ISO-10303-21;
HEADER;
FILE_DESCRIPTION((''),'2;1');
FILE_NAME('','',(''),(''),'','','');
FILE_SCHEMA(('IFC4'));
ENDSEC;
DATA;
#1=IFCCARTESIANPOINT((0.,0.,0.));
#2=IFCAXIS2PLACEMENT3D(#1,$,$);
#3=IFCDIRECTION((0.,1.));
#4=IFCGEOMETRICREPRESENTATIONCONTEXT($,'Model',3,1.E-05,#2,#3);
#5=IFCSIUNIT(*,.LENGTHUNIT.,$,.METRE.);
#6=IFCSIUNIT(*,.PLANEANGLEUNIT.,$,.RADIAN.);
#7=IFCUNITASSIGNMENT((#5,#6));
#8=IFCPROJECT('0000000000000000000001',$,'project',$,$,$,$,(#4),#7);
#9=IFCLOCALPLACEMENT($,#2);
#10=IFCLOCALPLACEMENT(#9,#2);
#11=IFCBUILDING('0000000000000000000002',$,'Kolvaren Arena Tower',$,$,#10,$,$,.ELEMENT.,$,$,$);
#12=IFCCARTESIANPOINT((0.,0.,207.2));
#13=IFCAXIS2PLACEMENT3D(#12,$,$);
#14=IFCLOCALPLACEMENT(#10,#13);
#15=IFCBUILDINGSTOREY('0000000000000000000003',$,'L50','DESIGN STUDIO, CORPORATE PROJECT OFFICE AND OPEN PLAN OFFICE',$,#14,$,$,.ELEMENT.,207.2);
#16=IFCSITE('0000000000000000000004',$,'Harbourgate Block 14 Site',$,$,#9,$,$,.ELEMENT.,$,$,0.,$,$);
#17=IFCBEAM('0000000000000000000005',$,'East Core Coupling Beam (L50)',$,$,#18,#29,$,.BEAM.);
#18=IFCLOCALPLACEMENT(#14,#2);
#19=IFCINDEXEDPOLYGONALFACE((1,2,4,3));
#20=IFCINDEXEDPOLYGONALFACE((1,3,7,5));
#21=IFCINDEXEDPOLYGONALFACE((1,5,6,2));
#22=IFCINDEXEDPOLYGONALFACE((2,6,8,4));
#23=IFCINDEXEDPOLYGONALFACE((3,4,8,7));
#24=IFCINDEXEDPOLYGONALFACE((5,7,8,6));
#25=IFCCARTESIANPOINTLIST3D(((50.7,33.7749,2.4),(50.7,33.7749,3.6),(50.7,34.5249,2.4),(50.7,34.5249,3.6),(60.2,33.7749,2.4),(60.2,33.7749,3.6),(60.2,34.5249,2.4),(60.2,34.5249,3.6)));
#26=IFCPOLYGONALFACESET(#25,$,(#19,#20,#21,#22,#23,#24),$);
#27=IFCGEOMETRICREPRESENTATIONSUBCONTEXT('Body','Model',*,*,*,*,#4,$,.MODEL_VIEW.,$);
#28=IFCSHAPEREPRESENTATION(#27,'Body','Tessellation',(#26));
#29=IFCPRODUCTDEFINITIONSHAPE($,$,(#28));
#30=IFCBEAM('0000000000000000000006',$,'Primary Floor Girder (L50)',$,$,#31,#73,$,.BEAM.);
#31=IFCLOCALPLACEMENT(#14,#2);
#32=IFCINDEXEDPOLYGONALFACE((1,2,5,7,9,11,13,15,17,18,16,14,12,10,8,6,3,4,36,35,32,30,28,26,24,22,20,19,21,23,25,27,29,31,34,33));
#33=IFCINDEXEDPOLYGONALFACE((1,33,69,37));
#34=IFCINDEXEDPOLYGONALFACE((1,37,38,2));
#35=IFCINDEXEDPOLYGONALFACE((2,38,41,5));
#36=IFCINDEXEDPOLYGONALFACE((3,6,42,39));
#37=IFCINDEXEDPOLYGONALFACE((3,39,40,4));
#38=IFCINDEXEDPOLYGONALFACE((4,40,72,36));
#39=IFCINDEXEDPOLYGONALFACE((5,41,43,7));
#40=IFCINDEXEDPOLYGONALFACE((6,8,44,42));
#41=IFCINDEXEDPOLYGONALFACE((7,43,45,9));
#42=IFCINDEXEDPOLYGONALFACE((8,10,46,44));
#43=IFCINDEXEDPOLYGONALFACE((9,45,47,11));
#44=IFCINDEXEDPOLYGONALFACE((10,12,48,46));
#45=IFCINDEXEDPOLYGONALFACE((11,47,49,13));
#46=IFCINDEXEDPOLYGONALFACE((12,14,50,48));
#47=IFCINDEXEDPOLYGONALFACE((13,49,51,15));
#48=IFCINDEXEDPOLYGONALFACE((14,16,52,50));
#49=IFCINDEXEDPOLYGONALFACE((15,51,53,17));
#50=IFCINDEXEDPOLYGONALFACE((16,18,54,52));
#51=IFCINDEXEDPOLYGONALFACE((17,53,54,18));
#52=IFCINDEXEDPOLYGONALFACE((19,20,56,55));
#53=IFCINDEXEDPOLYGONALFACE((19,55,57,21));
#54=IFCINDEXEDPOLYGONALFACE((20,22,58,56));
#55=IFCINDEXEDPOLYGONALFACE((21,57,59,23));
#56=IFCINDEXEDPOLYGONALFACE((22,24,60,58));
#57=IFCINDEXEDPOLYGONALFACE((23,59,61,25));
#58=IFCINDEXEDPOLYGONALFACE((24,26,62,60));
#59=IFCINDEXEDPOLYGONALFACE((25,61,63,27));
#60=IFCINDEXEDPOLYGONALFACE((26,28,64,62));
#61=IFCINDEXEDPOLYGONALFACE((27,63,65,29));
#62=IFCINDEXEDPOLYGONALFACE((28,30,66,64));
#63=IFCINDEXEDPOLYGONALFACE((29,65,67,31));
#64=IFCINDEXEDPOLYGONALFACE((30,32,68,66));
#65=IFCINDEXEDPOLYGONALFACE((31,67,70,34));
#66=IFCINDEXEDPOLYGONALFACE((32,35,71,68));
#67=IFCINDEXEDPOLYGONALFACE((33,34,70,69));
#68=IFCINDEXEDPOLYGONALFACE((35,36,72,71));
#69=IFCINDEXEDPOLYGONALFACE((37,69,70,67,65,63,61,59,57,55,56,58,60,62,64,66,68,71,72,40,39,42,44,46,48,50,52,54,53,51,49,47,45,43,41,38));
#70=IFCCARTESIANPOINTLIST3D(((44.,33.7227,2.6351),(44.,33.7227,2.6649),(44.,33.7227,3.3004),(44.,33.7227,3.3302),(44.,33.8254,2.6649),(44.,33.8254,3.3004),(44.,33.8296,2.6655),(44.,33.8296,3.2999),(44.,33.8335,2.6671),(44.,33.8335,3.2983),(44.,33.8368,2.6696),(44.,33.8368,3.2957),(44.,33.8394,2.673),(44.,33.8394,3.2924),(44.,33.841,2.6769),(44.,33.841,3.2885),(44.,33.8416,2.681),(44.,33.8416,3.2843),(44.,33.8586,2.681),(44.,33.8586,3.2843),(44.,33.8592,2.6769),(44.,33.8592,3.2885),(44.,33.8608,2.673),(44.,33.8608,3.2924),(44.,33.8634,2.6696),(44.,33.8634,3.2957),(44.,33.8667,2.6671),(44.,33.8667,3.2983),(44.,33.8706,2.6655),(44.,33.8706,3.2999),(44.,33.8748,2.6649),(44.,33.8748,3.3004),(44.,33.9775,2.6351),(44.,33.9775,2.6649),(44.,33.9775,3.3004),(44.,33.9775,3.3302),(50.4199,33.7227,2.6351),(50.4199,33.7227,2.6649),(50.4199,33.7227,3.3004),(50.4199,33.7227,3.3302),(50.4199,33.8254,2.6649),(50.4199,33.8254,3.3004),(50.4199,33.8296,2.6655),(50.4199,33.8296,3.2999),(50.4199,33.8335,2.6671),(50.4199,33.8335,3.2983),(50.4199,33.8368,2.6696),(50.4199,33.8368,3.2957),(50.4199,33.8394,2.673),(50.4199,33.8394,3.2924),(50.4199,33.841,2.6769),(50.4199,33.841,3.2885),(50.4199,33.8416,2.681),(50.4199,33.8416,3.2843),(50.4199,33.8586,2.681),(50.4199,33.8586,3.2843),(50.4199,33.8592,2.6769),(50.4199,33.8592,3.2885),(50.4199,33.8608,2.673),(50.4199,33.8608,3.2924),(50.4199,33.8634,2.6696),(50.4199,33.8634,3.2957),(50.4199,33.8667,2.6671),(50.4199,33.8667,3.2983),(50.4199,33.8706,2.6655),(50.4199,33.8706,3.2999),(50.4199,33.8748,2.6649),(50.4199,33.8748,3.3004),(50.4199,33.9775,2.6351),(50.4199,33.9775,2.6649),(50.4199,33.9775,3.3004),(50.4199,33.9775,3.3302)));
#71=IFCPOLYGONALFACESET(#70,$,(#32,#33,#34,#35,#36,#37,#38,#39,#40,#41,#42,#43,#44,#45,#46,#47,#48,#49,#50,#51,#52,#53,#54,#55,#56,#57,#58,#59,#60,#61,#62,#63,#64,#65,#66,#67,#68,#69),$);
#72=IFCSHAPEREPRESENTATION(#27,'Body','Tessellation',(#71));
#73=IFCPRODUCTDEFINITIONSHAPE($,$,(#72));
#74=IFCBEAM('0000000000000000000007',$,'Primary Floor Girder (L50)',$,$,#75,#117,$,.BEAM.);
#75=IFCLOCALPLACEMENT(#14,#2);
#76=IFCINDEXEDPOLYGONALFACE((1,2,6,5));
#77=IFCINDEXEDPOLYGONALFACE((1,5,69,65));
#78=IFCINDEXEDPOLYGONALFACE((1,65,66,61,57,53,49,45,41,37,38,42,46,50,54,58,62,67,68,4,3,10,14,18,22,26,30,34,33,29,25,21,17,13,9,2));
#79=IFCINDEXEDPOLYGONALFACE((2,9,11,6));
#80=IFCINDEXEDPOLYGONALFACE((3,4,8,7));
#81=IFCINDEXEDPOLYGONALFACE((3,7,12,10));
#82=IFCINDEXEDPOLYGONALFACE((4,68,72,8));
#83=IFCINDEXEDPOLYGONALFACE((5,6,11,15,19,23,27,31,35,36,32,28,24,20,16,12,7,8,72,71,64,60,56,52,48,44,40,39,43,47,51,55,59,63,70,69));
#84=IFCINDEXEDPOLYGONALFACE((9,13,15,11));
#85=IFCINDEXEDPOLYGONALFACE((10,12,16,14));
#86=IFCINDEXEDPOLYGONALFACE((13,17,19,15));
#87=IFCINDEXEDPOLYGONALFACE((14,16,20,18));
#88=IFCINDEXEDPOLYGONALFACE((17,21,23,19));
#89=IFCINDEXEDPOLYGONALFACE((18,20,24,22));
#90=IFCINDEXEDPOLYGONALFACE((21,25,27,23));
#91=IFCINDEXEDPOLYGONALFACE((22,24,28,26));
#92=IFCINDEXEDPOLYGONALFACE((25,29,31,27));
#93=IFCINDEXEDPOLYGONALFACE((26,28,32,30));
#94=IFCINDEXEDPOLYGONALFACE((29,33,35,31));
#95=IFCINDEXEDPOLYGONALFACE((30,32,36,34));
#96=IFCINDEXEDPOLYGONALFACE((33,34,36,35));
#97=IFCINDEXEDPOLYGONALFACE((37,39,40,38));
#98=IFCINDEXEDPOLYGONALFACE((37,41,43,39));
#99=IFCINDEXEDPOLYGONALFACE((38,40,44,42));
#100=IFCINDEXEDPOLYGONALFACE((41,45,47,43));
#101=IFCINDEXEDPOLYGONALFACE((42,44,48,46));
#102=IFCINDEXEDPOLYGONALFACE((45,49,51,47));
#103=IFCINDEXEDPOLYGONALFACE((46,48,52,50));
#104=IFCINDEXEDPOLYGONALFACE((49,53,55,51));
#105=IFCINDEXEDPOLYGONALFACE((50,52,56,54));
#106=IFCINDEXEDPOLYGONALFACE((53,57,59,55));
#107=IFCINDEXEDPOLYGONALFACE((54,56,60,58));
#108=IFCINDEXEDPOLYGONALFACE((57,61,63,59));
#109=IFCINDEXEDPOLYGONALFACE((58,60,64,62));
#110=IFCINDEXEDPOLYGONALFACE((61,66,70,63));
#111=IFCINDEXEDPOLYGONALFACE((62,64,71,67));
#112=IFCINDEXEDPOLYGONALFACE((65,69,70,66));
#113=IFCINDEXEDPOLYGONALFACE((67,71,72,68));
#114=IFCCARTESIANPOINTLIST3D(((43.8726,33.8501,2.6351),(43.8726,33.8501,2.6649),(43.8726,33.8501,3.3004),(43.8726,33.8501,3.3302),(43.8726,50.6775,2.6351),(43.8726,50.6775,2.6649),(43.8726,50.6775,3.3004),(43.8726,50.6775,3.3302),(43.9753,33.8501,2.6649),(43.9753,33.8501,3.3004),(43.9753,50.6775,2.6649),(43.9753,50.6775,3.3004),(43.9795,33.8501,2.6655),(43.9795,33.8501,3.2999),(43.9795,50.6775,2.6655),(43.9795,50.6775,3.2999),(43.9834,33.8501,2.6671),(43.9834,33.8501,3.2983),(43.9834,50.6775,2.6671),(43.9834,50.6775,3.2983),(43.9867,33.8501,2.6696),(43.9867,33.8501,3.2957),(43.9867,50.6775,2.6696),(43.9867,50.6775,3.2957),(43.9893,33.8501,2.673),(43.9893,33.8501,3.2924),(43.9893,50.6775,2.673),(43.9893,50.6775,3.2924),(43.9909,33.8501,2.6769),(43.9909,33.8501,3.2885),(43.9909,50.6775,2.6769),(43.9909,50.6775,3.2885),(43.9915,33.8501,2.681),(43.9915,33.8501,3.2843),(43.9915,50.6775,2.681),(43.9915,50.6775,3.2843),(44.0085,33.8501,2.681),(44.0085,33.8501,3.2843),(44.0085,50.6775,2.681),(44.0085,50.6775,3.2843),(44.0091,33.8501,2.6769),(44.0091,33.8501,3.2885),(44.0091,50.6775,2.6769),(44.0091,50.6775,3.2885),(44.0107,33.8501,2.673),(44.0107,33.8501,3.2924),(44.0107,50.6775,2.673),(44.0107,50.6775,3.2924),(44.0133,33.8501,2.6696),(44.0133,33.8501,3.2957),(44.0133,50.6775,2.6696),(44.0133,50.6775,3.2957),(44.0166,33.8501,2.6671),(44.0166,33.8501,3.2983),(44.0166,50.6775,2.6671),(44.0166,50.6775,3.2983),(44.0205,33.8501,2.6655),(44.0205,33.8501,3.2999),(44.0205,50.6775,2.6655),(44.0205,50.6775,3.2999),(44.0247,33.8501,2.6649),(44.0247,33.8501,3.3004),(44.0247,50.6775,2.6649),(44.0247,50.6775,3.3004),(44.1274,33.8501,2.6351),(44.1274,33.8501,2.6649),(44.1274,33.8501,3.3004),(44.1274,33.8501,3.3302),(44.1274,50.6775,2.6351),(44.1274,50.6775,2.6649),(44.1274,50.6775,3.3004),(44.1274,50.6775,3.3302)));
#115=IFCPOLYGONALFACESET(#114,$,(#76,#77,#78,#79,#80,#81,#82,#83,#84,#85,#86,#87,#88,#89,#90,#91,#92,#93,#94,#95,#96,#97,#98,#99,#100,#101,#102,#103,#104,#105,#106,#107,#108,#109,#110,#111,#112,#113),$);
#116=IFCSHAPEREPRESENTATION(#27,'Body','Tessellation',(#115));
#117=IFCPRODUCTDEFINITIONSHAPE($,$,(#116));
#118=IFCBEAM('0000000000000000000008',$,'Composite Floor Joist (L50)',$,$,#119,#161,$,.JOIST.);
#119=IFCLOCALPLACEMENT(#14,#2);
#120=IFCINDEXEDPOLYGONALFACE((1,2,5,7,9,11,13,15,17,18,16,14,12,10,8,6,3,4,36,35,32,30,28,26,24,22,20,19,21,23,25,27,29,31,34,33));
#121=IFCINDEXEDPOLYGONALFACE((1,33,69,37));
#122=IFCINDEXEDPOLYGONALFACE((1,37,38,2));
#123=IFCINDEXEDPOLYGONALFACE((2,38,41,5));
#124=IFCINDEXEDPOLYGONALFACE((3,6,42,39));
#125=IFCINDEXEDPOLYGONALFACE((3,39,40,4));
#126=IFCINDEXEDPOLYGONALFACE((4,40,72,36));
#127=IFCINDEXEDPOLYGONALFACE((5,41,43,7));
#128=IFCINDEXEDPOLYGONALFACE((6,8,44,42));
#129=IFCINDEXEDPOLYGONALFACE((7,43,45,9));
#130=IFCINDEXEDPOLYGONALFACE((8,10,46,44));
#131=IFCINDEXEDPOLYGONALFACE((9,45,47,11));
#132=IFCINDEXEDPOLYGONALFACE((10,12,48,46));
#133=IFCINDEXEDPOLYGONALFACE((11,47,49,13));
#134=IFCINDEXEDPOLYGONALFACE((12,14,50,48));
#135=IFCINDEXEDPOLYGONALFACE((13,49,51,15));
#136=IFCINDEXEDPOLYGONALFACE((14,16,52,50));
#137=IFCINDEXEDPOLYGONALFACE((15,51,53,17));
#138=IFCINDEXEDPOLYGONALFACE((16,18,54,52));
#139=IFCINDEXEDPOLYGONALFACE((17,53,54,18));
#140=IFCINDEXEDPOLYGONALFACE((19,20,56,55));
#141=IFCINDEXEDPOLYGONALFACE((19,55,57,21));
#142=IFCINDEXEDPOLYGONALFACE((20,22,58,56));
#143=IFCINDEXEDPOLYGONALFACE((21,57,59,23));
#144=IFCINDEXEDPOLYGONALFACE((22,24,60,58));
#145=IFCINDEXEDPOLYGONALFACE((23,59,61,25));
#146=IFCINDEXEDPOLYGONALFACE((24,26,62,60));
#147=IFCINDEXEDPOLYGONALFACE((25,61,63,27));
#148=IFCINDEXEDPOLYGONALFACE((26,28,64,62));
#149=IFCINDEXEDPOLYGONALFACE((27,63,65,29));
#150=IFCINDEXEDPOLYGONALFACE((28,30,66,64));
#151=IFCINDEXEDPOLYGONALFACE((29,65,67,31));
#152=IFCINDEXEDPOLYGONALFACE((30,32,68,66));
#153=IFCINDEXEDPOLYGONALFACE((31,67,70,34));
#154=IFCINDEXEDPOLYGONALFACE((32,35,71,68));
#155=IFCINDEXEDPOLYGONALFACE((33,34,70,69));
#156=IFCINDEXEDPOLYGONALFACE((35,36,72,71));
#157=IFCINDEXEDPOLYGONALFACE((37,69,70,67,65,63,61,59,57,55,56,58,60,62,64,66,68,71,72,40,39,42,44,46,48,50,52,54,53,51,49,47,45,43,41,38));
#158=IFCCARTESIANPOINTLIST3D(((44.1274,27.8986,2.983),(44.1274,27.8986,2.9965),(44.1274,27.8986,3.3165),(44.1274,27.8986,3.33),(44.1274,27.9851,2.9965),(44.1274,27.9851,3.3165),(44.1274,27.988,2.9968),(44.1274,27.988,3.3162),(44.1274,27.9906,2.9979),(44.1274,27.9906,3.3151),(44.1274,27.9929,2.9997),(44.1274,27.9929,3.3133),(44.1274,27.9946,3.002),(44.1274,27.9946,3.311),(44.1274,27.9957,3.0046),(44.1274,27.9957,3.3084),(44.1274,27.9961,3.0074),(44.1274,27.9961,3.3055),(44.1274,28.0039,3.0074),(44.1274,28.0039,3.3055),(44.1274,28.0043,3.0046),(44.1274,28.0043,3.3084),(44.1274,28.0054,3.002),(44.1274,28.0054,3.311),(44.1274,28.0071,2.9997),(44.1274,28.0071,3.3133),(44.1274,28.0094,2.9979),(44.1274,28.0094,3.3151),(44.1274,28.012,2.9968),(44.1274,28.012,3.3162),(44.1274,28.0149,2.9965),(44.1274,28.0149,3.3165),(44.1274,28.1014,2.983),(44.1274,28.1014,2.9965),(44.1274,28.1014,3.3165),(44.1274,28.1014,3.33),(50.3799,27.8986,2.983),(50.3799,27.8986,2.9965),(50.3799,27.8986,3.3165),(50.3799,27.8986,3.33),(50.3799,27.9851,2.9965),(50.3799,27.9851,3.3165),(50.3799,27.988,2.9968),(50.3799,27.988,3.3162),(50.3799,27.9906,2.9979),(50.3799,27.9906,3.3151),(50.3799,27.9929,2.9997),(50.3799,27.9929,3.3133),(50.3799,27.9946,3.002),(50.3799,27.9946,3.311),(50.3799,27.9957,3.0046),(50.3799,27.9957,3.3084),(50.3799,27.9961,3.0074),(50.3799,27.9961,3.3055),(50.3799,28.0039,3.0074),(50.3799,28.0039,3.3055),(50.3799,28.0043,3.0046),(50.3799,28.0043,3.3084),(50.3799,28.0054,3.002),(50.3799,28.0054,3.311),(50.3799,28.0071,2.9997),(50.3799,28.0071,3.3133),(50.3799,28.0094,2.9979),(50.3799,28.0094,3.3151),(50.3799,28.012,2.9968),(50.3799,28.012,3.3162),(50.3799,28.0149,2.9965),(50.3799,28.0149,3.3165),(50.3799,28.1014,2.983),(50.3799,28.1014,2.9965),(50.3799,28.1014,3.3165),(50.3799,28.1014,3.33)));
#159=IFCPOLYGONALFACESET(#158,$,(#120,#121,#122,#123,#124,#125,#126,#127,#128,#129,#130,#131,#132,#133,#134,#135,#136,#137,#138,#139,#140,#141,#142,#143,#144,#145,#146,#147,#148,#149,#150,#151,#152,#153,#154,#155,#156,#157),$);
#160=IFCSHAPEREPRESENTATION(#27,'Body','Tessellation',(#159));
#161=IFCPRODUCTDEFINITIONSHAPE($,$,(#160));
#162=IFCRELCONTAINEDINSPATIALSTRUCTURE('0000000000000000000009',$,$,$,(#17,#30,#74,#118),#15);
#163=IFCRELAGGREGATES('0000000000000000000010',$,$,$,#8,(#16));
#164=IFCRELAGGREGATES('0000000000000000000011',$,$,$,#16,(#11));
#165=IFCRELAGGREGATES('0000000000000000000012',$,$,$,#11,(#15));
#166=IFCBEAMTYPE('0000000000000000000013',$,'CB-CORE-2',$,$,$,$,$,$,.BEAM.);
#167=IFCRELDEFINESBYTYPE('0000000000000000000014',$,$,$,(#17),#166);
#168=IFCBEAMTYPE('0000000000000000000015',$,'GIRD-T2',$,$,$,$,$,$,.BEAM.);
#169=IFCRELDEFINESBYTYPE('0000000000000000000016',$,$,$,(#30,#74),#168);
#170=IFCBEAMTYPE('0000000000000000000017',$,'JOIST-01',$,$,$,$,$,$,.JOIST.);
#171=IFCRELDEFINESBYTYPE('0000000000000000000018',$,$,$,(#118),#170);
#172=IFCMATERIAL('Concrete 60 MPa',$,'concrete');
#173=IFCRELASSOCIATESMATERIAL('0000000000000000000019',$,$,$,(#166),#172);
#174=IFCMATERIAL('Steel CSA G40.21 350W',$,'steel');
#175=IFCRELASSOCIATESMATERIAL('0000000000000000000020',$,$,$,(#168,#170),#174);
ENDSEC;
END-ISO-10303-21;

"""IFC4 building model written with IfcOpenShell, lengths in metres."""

from ifc_helpers import new_model, si_unit, direction, frame, origin, origin_2d, place, context, subcontext, project, spatial, rectangle, i_section, extrude, material, material_profile, profile_set, type_object, element, save


model = new_model("IFC4")

# Units and contexts
model_context = context("Model", 3, precision=1e-05, world=origin(), true_north=direction((0.0, 1.0)))
body_context = subcontext(model_context, "Body", "Model", "MODEL_VIEW")
ifc_project = project(units=[si_unit("LENGTHUNIT", "METRE"), si_unit("PLANEANGLEUNIT", "RADIAN")], contexts=[model_context])

# Site, building, storey
site_placement = place(None, origin())
site = spatial("IfcSite", under=ifc_project, at=site_placement, Name="Harbourgate Block 14 Site", CompositionType="ELEMENT", RefElevation=0.0)
building_placement = place(site_placement, origin())
building = spatial("IfcBuilding", under=site, at=building_placement, Name="Kolvaren Arena Tower", CompositionType="ELEMENT")
storey_placement = place(building_placement, frame((0.0, 0.0, 207.2)))
storey = spatial("IfcBuildingStorey", under=building, at=storey_placement, Name="L50", Description="DESIGN STUDIO, CORPORATE PROJECT OFFICE AND OPEN PLAN OFFICE", CompositionType="ELEMENT", Elevation=207.2)

# Beams
ifc_material_1 = material(Name="Steel CSA G40.21 350W", Category="steel")
ifc_material_2 = material(Name="Concrete 60 MPa", Category="concrete")
ifc_material_profile_1 = material_profile(ifc_material_2, rectangle(XDim=0.75, YDim=1.2, at=origin_2d()), Name="RC-750x1200")
ifc_profile_set_1 = profile_set([ifc_material_profile_1], Name="Concrete 60 MPa")
beam_type_1 = type_object("IfcBeamType", Name="CB-CORE-2", PredefinedType="BEAM", material=ifc_profile_set_1)
beam_1_placement = place(storey_placement, frame((50.7, 34.1499, 3.0), z_axis=(1.0, 0.0, 0.0), x_axis=(0.0, 1.0, 0.0)))
element("IfcBeam", 1, at=beam_1_placement, inside=storey, type_object=beam_type_1, Name="East Core Coupling Beam (L50)", PredefinedType="BEAM", context=body_context, shape_type="SweptSolid", body=[
    extrude(rectangle(XDim=0.75, YDim=1.2, at=origin_2d()), origin(), (0.0, 0.0, 1.0), 9.5),
])
ifc_material_profile_2 = material_profile(ifc_material_1, i_section(OverallWidth=0.2549, OverallDepth=0.6951, WebThickness=0.0171, FlangeThickness=0.0298, FilletRadius=0.0161, at=origin_2d()), Name="W690x217")
ifc_profile_set_2 = profile_set([ifc_material_profile_2], Name="Steel CSA G40.21 350W")
beam_type_2 = type_object("IfcBeamType", Name="GIRD-T2", PredefinedType="BEAM", material=ifc_profile_set_2)
beam_2_placement = place(storey_placement, frame((44.0, 33.8501, 2.9827), z_axis=(1.0, 0.0, 0.0), x_axis=(0.0, 1.0, 0.0)))
element("IfcBeam", 2, at=beam_2_placement, inside=storey, type_object=beam_type_2, Name="Primary Floor Girder (L50)", PredefinedType="BEAM", context=body_context, shape_type="SweptSolid", body=[
    extrude(i_section(OverallWidth=0.2549, OverallDepth=0.6951, WebThickness=0.0171, FlangeThickness=0.0298, FilletRadius=0.0161, at=origin_2d()), origin(), (0.0, 0.0, 1.0), 6.4199),
])
beam_3_placement = place(storey_placement, frame((44.0, 33.8501, 2.9827), z_axis=(0.0, 1.0, 0.0), x_axis=(-1.0, 0.0, 0.0)))
element("IfcBeam", 3, at=beam_3_placement, inside=storey, type_object=beam_type_2, Name="Primary Floor Girder (L50)", PredefinedType="BEAM", context=body_context, shape_type="SweptSolid", body=[
    extrude(i_section(OverallWidth=0.2549, OverallDepth=0.6951, WebThickness=0.0171, FlangeThickness=0.0298, FilletRadius=0.0161, at=origin_2d()), origin(), (0.0, 0.0, 1.0), 16.8274),
])
ifc_material_profile_3 = material_profile(ifc_material_1, i_section(OverallWidth=0.2029, OverallDepth=0.3469, WebThickness=0.0078, FlangeThickness=0.0134, FilletRadius=0.011, at=origin_2d()), Name="W360x64")
ifc_profile_set_3 = profile_set([ifc_material_profile_3], Name="Steel CSA G40.21 350W")
beam_type_3 = type_object("IfcBeamType", Name="JOIST-01", PredefinedType="JOIST", material=ifc_profile_set_3)
for number, where, z_axis, x_axis, name in (
    (4, (44.1274, 28.0, 3.1565), (1.0, 0.0, 0.0), (0.0, 1.0, 0.0), "Composite Floor Joist (L50)"),
):
    element("IfcBeam", number, at=place(storey_placement, frame(where, z_axis=z_axis, x_axis=x_axis)), inside=storey, type_object=beam_type_3, Name=name, PredefinedType="JOIST", context=body_context, shape_type="SweptSolid", body=[
        extrude(i_section(OverallWidth=0.2029, OverallDepth=0.3469, WebThickness=0.0078, FlangeThickness=0.0134, FilletRadius=0.011, at=origin_2d()), origin(), (0.0, 0.0, 1.0), 6.2524),
    ])

save(model, "model.ifc")
